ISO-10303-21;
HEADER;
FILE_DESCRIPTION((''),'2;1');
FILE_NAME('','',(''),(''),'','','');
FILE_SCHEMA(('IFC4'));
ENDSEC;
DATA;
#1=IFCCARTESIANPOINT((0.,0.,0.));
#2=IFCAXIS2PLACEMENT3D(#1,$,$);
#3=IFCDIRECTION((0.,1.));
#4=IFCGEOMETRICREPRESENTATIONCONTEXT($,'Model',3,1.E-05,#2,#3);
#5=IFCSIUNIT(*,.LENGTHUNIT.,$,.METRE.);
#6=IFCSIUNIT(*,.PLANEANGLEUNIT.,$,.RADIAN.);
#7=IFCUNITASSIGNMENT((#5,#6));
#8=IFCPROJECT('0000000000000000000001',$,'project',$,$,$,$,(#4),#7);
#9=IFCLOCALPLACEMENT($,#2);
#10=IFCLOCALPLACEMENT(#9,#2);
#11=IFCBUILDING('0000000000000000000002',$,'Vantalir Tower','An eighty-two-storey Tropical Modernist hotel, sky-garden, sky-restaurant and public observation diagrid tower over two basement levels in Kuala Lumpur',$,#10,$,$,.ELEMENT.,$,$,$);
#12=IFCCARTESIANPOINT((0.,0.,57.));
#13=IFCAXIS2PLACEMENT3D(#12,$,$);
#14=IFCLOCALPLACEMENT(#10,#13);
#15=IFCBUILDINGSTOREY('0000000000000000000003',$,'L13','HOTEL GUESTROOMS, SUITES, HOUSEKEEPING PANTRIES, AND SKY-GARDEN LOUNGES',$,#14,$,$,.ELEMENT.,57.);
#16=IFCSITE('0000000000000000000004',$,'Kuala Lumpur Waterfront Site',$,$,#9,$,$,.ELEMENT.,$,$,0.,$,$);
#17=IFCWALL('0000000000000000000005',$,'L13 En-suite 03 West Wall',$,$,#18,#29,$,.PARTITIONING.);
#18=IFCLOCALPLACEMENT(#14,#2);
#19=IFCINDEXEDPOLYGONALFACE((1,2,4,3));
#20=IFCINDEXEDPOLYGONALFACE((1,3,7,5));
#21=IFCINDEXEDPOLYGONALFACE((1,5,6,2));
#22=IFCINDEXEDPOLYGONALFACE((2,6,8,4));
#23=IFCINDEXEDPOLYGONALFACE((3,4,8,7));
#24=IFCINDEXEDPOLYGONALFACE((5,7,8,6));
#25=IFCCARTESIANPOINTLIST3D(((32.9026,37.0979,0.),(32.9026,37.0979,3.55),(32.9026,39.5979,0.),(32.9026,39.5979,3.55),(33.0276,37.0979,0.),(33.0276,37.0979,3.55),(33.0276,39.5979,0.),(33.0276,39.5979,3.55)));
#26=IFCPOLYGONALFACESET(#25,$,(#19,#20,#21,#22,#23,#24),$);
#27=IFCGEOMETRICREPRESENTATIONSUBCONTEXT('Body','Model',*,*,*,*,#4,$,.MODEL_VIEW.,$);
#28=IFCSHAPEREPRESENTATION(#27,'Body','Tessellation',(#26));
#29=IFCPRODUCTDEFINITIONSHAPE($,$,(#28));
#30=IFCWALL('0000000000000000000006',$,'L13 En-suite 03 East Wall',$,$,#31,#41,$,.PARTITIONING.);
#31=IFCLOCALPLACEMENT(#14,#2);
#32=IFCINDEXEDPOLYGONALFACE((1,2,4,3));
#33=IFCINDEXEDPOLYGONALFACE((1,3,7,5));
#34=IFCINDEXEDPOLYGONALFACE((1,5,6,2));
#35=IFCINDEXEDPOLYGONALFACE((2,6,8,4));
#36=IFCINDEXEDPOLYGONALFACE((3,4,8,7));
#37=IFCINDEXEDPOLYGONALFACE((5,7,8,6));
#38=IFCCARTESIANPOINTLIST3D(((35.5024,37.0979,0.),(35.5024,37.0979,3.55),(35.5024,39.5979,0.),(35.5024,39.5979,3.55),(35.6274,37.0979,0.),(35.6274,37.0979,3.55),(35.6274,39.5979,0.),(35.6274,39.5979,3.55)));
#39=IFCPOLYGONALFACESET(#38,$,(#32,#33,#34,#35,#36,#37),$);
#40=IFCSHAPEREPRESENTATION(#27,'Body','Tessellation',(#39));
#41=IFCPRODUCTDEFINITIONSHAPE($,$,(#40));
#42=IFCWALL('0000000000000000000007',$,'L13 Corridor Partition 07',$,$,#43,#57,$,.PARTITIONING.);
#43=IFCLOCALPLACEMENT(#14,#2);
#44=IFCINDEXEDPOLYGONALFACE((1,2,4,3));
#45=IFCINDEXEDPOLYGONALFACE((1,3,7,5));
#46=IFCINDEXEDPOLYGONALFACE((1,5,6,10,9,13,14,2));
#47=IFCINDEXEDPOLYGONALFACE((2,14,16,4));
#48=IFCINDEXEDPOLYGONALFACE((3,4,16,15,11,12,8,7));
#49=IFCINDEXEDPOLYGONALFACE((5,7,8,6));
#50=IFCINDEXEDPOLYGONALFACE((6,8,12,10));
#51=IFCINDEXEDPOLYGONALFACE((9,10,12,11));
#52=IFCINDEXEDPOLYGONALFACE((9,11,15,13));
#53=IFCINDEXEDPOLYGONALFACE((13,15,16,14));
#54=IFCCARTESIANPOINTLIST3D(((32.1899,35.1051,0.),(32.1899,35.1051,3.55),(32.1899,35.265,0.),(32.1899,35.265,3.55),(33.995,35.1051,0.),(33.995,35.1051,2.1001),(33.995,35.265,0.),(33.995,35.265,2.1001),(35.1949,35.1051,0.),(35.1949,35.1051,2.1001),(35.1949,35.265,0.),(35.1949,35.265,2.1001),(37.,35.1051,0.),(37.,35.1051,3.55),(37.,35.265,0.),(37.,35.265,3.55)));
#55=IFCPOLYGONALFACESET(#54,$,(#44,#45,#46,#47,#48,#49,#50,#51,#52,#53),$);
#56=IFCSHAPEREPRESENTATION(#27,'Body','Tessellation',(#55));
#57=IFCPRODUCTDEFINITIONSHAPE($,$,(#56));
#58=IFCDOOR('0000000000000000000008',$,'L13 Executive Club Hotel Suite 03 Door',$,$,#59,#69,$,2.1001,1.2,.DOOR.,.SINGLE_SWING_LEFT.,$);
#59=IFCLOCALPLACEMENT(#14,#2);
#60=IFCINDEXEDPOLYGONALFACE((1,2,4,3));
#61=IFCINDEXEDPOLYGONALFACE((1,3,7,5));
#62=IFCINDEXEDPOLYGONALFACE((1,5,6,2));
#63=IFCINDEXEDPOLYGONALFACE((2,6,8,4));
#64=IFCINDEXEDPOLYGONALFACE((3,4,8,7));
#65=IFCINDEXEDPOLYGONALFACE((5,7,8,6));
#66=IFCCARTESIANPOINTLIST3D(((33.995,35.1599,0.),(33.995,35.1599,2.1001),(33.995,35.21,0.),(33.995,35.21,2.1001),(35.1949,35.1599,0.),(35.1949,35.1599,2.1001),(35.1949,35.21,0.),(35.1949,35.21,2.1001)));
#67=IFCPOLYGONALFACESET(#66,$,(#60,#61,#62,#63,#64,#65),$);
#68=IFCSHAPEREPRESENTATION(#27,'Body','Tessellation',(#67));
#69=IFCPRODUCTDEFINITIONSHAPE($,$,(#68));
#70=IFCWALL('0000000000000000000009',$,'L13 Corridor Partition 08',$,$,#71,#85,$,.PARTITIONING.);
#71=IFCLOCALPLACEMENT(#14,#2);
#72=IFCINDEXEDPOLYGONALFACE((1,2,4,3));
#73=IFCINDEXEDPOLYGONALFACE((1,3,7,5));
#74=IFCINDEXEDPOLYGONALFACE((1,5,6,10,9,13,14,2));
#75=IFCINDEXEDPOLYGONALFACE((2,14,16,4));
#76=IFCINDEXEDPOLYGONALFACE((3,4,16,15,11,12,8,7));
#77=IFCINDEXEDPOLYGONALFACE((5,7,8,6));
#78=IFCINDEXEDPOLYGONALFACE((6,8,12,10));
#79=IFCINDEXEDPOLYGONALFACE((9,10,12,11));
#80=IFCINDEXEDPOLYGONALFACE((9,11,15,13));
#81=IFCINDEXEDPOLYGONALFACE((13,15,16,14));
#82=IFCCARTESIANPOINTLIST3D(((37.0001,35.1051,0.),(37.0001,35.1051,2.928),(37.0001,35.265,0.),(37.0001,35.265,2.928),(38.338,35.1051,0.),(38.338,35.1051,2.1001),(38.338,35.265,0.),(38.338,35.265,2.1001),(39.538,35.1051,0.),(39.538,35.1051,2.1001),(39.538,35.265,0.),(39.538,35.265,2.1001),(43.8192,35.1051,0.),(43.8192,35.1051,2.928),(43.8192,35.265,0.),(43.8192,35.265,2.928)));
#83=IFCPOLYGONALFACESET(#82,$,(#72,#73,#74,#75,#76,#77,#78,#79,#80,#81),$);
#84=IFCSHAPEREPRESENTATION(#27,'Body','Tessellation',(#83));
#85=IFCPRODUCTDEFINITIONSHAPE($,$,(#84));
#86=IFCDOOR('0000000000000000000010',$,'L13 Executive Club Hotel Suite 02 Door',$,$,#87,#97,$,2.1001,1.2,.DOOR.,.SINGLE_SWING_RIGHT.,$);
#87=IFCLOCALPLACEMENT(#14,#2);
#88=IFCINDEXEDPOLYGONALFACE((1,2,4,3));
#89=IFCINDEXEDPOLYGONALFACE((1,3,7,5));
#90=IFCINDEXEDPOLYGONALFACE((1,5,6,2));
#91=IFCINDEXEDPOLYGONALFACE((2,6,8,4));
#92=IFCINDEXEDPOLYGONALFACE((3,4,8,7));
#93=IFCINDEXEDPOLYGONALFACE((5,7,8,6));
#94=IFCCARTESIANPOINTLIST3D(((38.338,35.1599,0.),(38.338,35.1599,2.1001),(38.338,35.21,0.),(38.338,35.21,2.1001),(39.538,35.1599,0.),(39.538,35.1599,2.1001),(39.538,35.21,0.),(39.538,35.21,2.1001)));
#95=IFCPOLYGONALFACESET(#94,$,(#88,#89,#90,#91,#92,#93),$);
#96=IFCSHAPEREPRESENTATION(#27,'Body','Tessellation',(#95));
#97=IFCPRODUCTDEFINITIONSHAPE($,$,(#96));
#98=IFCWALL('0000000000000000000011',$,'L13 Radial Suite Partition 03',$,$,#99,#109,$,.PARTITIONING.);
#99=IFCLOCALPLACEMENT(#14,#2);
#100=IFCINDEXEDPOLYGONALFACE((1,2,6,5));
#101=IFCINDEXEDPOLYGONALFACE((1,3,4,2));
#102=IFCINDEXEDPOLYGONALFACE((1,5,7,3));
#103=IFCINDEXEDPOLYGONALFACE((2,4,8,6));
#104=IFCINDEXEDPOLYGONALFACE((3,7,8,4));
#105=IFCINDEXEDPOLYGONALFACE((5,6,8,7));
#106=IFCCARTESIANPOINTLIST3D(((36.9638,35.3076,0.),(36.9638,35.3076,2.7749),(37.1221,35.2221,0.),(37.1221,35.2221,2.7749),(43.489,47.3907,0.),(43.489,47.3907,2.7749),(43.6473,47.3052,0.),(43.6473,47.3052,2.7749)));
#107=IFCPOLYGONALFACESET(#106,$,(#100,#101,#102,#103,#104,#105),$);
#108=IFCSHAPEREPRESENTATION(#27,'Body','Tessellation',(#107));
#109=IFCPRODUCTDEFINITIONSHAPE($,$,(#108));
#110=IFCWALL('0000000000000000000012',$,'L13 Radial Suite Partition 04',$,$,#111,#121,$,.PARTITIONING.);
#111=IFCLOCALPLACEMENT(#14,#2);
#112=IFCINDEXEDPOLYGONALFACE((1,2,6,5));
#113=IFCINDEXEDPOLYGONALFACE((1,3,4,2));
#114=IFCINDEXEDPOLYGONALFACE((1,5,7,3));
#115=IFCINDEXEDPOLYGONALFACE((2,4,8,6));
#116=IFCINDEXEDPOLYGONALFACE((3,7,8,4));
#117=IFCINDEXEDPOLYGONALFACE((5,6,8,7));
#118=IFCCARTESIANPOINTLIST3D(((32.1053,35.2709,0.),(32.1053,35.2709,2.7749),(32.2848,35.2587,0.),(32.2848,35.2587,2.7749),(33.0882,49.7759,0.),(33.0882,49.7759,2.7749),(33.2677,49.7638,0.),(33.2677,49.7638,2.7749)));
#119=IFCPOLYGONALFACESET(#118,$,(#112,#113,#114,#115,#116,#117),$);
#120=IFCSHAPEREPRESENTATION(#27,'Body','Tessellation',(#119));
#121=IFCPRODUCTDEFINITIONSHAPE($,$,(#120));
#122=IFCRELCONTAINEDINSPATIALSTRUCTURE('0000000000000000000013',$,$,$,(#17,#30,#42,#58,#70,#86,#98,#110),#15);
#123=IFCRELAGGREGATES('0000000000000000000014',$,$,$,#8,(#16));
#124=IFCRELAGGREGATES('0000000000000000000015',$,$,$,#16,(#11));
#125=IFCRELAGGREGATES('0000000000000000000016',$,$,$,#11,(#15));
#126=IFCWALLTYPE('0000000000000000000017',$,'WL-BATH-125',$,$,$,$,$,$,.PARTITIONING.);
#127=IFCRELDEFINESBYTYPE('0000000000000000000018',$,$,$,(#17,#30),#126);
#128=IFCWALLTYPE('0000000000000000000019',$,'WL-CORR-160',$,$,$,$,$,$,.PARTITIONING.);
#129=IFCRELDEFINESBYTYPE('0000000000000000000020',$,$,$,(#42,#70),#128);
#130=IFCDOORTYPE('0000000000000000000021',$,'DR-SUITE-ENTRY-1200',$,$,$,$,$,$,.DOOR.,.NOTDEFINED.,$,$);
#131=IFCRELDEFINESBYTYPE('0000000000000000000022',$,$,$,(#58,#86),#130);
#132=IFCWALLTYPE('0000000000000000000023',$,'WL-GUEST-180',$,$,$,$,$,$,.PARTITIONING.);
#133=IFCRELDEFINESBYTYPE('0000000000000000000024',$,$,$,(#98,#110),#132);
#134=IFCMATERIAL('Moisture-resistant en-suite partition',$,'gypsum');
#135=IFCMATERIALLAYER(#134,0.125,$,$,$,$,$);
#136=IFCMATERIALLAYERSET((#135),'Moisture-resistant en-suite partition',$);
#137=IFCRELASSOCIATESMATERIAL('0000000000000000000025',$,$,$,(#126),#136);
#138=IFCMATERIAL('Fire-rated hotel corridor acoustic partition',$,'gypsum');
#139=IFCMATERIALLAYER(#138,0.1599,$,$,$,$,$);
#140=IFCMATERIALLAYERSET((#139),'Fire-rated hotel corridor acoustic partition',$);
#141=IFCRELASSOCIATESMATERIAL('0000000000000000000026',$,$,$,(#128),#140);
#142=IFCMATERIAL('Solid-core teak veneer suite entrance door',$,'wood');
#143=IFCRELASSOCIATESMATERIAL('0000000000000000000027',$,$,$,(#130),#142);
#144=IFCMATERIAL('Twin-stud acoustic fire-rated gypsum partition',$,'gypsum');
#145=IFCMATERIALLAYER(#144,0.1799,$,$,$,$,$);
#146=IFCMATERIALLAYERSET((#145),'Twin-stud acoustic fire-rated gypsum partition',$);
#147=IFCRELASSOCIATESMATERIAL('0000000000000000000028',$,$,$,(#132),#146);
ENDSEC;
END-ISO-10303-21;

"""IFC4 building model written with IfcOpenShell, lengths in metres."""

from ifc_helpers import new_model, si_unit, direction, frame, frame_2d, origin, place, context, subcontext, project, spatial, rectangle, extrude, material, layer, layer_set, type_object, element, fill, save


model = new_model("IFC4")

# Units and contexts
model_context = context("Model", 3, precision=1e-05, world=origin(), true_north=direction((0.0, 1.0)))
body_context = subcontext(model_context, "Body", "Model", "MODEL_VIEW")
ifc_project = project(units=[si_unit("LENGTHUNIT", "METRE"), si_unit("PLANEANGLEUNIT", "RADIAN")], contexts=[model_context])

# Site, building, storey
site_placement = place(None, origin())
site = spatial("IfcSite", under=ifc_project, at=site_placement, Name="Kuala Lumpur Waterfront Site", CompositionType="ELEMENT", RefElevation=0.0)
building_placement = place(site_placement, origin())
building = spatial("IfcBuilding", under=site, at=building_placement, Name="Vantalir Tower", Description="An eighty-two-storey Tropical Modernist hotel, sky-garden, sky-restaurant and public observation diagrid tower over two basement levels in Kuala Lumpur", CompositionType="ELEMENT")
storey_placement = place(building_placement, frame((0.0, 0.0, 57.0)))
storey = spatial("IfcBuildingStorey", under=building, at=storey_placement, Name="L13", Description="HOTEL GUESTROOMS, SUITES, HOUSEKEEPING PANTRIES, AND SKY-GARDEN LOUNGES", CompositionType="ELEMENT", Elevation=57.0)

# Shared definitions
ifc_material_1 = material(Name="Moisture-resistant en-suite partition", Category="gypsum")
ifc_layer_1 = layer(ifc_material_1, 0.125)
ifc_layer_set_1 = layer_set([ifc_layer_1], Name="Moisture-resistant en-suite partition")
wall_type_1 = type_object("IfcWallType", Name="WL-BATH-125", PredefinedType="PARTITIONING", material=ifc_layer_set_1)

# Walls
for number, where, z_axis, x_axis, name in (
    (1, (32.9651, 37.0979, 0.0), (0.0, 0.0, 1.0), (0.0, 1.0, 0.0), "L13 En-suite 03 West Wall"),
    (2, (35.5649, 37.0979, 0.0), (0.0, 0.0, 1.0), (0.0, 1.0, 0.0), "L13 En-suite 03 East Wall"),
):
    element("IfcWall", number, at=place(storey_placement, frame(where, z_axis=z_axis, x_axis=x_axis)), inside=storey, type_object=wall_type_1, Name=name, PredefinedType="PARTITIONING", context=body_context, shape_type="SweptSolid", body=[
        extrude(rectangle(XDim=2.5, YDim=0.125, at=frame_2d((1.25, 0.0))), origin(), (0.0, 0.0, 1.0), 3.55),
    ])

# Walls, openings, doors
ifc_material_2 = material(Name="Fire-rated hotel corridor acoustic partition", Category="gypsum")
ifc_layer_2 = layer(ifc_material_2, 0.1599)
ifc_layer_set_2 = layer_set([ifc_layer_2], Name="Fire-rated hotel corridor acoustic partition")
wall_type_2 = type_object("IfcWallType", Name="WL-CORR-160", PredefinedType="PARTITIONING", material=ifc_layer_set_2)
wall_1_placement = place(storey_placement, frame((32.1899, 35.1851, 0.0), z_axis=(0.0, 0.0, 1.0), x_axis=(1.0, 0.0, 0.0)))
wall_1 = element("IfcWall", 3, at=wall_1_placement, inside=storey, type_object=wall_type_2, Name="L13 Corridor Partition 07", PredefinedType="PARTITIONING", context=body_context, shape_type="SweptSolid", body=[
    extrude(rectangle(XDim=4.8101, YDim=0.1599, at=frame_2d((2.405, 0.0))), origin(), (0.0, 0.0, 1.0), 3.55),
])
opening_1_placement = place(wall_1_placement, frame((1.8049, 0.0, 0.0)))
opening_1 = element("IfcOpeningElement", 4, at=opening_1_placement, cuts=wall_1, PredefinedType="OPENING", context=body_context, shape_type="SweptSolid", body=[
    extrude(rectangle(XDim=1.2, YDim=2.1001, at=frame_2d((0.6001, 1.05))), frame((0.0, 0.0898, 0.0), z_axis=(0.0, -1.0, 0.0), x_axis=(1.0, 0.0, 0.0)), (0.0, 0.0, 1.0), 0.1799),
])
ifc_material_3 = material(Name="Solid-core teak veneer suite entrance door", Category="wood")
door_type_1 = type_object("IfcDoorType", Name="DR-SUITE-ENTRY-1200", OperationType="NOTDEFINED", PredefinedType="DOOR", material=ifc_material_3)
door_1_placement = place(opening_1_placement, origin())
door_1 = element("IfcDoor", 5, at=door_1_placement, inside=storey, type_object=door_type_1, Name="L13 Executive Club Hotel Suite 03 Door", OperationType="SINGLE_SWING_LEFT", OverallHeight=2.1001, OverallWidth=1.2, PredefinedType="DOOR", context=body_context, shape_type="SweptSolid", body=[
    extrude(rectangle(XDim=1.2, YDim=2.1001, at=frame_2d((0.6001, 1.05))), frame((0.0, 0.0249, 0.0), z_axis=(0.0, -1.0, 0.0), x_axis=(1.0, 0.0, 0.0)), (0.0, 0.0, 1.0), 0.05),
])
fill(opening_1, door_1)
wall_2_placement = place(storey_placement, frame((37.0, 35.1851, 0.0), z_axis=(0.0, 0.0, 1.0), x_axis=(1.0, 0.0, 0.0)))
wall_2 = element("IfcWall", 6, at=wall_2_placement, inside=storey, type_object=wall_type_2, Name="L13 Corridor Partition 08", PredefinedType="PARTITIONING", context=body_context, shape_type="SweptSolid", body=[
    extrude(rectangle(XDim=6.8191, YDim=0.1599, at=frame_2d((3.4097, 0.0))), origin(), (0.0, 0.0, 1.0), 2.928),
])
opening_2_placement = place(wall_2_placement, frame((1.3379, 0.0, 0.0)))
opening_2 = element("IfcOpeningElement", 7, at=opening_2_placement, cuts=wall_2, PredefinedType="OPENING", context=body_context, shape_type="SweptSolid", body=[
    extrude(rectangle(XDim=1.2, YDim=2.1001, at=frame_2d((0.6001, 1.05))), frame((0.0, 0.0898, 0.0), z_axis=(0.0, -1.0, 0.0), x_axis=(1.0, 0.0, 0.0)), (0.0, 0.0, 1.0), 0.1799),
])
door_2_placement = place(opening_2_placement, origin())
door_2 = element("IfcDoor", 8, at=door_2_placement, inside=storey, type_object=door_type_1, Name="L13 Executive Club Hotel Suite 02 Door", OperationType="SINGLE_SWING_RIGHT", OverallHeight=2.1001, OverallWidth=1.2, PredefinedType="DOOR", context=body_context, shape_type="SweptSolid", body=[
    extrude(rectangle(XDim=1.2, YDim=2.1001, at=frame_2d((0.6001, 1.05))), frame((0.0, 0.0249, 0.0), z_axis=(0.0, -1.0, 0.0), x_axis=(1.0, 0.0, 0.0)), (0.0, 0.0, 1.0), 0.05),
])
fill(opening_2, door_2)

# Walls
ifc_material_4 = material(Name="Twin-stud acoustic fire-rated gypsum partition", Category="gypsum")
ifc_layer_3 = layer(ifc_material_4, 0.1799)
ifc_layer_set_3 = layer_set([ifc_layer_3], Name="Twin-stud acoustic fire-rated gypsum partition")
wall_type_3 = type_object("IfcWallType", Name="WL-GUEST-180", PredefinedType="PARTITIONING", material=ifc_layer_set_3)
wall_3_placement = place(storey_placement, frame((37.043, 35.2649, 0.0), z_axis=(0.0, 0.0, 1.0), x_axis=(0.475167, 0.879896, 0.0)))
element("IfcWall", 9, at=wall_3_placement, inside=storey, type_object=wall_type_3, Name="L13 Radial Suite Partition 03", PredefinedType="PARTITIONING", context=body_context, shape_type="SweptSolid", body=[
    extrude(rectangle(XDim=13.7324, YDim=0.1799, at=frame_2d((6.8662, 0.0))), origin(), (0.0, 0.0, 1.0), 2.7749),
])
wall_4_placement = place(storey_placement, frame((32.1951, 35.2649, 0.0), z_axis=(0.0, 0.0, 1.0), x_axis=(0.067608, 0.997712, 0.0)))
element("IfcWall", 10, at=wall_4_placement, inside=storey, type_object=wall_type_3, Name="L13 Radial Suite Partition 04", PredefinedType="PARTITIONING", context=body_context, shape_type="SweptSolid", body=[
    extrude(rectangle(XDim=14.5383, YDim=0.1799, at=frame_2d((7.269, 0.0))), origin(), (0.0, 0.0, 1.0), 2.7749),
])

save(model, "model.ifc")
